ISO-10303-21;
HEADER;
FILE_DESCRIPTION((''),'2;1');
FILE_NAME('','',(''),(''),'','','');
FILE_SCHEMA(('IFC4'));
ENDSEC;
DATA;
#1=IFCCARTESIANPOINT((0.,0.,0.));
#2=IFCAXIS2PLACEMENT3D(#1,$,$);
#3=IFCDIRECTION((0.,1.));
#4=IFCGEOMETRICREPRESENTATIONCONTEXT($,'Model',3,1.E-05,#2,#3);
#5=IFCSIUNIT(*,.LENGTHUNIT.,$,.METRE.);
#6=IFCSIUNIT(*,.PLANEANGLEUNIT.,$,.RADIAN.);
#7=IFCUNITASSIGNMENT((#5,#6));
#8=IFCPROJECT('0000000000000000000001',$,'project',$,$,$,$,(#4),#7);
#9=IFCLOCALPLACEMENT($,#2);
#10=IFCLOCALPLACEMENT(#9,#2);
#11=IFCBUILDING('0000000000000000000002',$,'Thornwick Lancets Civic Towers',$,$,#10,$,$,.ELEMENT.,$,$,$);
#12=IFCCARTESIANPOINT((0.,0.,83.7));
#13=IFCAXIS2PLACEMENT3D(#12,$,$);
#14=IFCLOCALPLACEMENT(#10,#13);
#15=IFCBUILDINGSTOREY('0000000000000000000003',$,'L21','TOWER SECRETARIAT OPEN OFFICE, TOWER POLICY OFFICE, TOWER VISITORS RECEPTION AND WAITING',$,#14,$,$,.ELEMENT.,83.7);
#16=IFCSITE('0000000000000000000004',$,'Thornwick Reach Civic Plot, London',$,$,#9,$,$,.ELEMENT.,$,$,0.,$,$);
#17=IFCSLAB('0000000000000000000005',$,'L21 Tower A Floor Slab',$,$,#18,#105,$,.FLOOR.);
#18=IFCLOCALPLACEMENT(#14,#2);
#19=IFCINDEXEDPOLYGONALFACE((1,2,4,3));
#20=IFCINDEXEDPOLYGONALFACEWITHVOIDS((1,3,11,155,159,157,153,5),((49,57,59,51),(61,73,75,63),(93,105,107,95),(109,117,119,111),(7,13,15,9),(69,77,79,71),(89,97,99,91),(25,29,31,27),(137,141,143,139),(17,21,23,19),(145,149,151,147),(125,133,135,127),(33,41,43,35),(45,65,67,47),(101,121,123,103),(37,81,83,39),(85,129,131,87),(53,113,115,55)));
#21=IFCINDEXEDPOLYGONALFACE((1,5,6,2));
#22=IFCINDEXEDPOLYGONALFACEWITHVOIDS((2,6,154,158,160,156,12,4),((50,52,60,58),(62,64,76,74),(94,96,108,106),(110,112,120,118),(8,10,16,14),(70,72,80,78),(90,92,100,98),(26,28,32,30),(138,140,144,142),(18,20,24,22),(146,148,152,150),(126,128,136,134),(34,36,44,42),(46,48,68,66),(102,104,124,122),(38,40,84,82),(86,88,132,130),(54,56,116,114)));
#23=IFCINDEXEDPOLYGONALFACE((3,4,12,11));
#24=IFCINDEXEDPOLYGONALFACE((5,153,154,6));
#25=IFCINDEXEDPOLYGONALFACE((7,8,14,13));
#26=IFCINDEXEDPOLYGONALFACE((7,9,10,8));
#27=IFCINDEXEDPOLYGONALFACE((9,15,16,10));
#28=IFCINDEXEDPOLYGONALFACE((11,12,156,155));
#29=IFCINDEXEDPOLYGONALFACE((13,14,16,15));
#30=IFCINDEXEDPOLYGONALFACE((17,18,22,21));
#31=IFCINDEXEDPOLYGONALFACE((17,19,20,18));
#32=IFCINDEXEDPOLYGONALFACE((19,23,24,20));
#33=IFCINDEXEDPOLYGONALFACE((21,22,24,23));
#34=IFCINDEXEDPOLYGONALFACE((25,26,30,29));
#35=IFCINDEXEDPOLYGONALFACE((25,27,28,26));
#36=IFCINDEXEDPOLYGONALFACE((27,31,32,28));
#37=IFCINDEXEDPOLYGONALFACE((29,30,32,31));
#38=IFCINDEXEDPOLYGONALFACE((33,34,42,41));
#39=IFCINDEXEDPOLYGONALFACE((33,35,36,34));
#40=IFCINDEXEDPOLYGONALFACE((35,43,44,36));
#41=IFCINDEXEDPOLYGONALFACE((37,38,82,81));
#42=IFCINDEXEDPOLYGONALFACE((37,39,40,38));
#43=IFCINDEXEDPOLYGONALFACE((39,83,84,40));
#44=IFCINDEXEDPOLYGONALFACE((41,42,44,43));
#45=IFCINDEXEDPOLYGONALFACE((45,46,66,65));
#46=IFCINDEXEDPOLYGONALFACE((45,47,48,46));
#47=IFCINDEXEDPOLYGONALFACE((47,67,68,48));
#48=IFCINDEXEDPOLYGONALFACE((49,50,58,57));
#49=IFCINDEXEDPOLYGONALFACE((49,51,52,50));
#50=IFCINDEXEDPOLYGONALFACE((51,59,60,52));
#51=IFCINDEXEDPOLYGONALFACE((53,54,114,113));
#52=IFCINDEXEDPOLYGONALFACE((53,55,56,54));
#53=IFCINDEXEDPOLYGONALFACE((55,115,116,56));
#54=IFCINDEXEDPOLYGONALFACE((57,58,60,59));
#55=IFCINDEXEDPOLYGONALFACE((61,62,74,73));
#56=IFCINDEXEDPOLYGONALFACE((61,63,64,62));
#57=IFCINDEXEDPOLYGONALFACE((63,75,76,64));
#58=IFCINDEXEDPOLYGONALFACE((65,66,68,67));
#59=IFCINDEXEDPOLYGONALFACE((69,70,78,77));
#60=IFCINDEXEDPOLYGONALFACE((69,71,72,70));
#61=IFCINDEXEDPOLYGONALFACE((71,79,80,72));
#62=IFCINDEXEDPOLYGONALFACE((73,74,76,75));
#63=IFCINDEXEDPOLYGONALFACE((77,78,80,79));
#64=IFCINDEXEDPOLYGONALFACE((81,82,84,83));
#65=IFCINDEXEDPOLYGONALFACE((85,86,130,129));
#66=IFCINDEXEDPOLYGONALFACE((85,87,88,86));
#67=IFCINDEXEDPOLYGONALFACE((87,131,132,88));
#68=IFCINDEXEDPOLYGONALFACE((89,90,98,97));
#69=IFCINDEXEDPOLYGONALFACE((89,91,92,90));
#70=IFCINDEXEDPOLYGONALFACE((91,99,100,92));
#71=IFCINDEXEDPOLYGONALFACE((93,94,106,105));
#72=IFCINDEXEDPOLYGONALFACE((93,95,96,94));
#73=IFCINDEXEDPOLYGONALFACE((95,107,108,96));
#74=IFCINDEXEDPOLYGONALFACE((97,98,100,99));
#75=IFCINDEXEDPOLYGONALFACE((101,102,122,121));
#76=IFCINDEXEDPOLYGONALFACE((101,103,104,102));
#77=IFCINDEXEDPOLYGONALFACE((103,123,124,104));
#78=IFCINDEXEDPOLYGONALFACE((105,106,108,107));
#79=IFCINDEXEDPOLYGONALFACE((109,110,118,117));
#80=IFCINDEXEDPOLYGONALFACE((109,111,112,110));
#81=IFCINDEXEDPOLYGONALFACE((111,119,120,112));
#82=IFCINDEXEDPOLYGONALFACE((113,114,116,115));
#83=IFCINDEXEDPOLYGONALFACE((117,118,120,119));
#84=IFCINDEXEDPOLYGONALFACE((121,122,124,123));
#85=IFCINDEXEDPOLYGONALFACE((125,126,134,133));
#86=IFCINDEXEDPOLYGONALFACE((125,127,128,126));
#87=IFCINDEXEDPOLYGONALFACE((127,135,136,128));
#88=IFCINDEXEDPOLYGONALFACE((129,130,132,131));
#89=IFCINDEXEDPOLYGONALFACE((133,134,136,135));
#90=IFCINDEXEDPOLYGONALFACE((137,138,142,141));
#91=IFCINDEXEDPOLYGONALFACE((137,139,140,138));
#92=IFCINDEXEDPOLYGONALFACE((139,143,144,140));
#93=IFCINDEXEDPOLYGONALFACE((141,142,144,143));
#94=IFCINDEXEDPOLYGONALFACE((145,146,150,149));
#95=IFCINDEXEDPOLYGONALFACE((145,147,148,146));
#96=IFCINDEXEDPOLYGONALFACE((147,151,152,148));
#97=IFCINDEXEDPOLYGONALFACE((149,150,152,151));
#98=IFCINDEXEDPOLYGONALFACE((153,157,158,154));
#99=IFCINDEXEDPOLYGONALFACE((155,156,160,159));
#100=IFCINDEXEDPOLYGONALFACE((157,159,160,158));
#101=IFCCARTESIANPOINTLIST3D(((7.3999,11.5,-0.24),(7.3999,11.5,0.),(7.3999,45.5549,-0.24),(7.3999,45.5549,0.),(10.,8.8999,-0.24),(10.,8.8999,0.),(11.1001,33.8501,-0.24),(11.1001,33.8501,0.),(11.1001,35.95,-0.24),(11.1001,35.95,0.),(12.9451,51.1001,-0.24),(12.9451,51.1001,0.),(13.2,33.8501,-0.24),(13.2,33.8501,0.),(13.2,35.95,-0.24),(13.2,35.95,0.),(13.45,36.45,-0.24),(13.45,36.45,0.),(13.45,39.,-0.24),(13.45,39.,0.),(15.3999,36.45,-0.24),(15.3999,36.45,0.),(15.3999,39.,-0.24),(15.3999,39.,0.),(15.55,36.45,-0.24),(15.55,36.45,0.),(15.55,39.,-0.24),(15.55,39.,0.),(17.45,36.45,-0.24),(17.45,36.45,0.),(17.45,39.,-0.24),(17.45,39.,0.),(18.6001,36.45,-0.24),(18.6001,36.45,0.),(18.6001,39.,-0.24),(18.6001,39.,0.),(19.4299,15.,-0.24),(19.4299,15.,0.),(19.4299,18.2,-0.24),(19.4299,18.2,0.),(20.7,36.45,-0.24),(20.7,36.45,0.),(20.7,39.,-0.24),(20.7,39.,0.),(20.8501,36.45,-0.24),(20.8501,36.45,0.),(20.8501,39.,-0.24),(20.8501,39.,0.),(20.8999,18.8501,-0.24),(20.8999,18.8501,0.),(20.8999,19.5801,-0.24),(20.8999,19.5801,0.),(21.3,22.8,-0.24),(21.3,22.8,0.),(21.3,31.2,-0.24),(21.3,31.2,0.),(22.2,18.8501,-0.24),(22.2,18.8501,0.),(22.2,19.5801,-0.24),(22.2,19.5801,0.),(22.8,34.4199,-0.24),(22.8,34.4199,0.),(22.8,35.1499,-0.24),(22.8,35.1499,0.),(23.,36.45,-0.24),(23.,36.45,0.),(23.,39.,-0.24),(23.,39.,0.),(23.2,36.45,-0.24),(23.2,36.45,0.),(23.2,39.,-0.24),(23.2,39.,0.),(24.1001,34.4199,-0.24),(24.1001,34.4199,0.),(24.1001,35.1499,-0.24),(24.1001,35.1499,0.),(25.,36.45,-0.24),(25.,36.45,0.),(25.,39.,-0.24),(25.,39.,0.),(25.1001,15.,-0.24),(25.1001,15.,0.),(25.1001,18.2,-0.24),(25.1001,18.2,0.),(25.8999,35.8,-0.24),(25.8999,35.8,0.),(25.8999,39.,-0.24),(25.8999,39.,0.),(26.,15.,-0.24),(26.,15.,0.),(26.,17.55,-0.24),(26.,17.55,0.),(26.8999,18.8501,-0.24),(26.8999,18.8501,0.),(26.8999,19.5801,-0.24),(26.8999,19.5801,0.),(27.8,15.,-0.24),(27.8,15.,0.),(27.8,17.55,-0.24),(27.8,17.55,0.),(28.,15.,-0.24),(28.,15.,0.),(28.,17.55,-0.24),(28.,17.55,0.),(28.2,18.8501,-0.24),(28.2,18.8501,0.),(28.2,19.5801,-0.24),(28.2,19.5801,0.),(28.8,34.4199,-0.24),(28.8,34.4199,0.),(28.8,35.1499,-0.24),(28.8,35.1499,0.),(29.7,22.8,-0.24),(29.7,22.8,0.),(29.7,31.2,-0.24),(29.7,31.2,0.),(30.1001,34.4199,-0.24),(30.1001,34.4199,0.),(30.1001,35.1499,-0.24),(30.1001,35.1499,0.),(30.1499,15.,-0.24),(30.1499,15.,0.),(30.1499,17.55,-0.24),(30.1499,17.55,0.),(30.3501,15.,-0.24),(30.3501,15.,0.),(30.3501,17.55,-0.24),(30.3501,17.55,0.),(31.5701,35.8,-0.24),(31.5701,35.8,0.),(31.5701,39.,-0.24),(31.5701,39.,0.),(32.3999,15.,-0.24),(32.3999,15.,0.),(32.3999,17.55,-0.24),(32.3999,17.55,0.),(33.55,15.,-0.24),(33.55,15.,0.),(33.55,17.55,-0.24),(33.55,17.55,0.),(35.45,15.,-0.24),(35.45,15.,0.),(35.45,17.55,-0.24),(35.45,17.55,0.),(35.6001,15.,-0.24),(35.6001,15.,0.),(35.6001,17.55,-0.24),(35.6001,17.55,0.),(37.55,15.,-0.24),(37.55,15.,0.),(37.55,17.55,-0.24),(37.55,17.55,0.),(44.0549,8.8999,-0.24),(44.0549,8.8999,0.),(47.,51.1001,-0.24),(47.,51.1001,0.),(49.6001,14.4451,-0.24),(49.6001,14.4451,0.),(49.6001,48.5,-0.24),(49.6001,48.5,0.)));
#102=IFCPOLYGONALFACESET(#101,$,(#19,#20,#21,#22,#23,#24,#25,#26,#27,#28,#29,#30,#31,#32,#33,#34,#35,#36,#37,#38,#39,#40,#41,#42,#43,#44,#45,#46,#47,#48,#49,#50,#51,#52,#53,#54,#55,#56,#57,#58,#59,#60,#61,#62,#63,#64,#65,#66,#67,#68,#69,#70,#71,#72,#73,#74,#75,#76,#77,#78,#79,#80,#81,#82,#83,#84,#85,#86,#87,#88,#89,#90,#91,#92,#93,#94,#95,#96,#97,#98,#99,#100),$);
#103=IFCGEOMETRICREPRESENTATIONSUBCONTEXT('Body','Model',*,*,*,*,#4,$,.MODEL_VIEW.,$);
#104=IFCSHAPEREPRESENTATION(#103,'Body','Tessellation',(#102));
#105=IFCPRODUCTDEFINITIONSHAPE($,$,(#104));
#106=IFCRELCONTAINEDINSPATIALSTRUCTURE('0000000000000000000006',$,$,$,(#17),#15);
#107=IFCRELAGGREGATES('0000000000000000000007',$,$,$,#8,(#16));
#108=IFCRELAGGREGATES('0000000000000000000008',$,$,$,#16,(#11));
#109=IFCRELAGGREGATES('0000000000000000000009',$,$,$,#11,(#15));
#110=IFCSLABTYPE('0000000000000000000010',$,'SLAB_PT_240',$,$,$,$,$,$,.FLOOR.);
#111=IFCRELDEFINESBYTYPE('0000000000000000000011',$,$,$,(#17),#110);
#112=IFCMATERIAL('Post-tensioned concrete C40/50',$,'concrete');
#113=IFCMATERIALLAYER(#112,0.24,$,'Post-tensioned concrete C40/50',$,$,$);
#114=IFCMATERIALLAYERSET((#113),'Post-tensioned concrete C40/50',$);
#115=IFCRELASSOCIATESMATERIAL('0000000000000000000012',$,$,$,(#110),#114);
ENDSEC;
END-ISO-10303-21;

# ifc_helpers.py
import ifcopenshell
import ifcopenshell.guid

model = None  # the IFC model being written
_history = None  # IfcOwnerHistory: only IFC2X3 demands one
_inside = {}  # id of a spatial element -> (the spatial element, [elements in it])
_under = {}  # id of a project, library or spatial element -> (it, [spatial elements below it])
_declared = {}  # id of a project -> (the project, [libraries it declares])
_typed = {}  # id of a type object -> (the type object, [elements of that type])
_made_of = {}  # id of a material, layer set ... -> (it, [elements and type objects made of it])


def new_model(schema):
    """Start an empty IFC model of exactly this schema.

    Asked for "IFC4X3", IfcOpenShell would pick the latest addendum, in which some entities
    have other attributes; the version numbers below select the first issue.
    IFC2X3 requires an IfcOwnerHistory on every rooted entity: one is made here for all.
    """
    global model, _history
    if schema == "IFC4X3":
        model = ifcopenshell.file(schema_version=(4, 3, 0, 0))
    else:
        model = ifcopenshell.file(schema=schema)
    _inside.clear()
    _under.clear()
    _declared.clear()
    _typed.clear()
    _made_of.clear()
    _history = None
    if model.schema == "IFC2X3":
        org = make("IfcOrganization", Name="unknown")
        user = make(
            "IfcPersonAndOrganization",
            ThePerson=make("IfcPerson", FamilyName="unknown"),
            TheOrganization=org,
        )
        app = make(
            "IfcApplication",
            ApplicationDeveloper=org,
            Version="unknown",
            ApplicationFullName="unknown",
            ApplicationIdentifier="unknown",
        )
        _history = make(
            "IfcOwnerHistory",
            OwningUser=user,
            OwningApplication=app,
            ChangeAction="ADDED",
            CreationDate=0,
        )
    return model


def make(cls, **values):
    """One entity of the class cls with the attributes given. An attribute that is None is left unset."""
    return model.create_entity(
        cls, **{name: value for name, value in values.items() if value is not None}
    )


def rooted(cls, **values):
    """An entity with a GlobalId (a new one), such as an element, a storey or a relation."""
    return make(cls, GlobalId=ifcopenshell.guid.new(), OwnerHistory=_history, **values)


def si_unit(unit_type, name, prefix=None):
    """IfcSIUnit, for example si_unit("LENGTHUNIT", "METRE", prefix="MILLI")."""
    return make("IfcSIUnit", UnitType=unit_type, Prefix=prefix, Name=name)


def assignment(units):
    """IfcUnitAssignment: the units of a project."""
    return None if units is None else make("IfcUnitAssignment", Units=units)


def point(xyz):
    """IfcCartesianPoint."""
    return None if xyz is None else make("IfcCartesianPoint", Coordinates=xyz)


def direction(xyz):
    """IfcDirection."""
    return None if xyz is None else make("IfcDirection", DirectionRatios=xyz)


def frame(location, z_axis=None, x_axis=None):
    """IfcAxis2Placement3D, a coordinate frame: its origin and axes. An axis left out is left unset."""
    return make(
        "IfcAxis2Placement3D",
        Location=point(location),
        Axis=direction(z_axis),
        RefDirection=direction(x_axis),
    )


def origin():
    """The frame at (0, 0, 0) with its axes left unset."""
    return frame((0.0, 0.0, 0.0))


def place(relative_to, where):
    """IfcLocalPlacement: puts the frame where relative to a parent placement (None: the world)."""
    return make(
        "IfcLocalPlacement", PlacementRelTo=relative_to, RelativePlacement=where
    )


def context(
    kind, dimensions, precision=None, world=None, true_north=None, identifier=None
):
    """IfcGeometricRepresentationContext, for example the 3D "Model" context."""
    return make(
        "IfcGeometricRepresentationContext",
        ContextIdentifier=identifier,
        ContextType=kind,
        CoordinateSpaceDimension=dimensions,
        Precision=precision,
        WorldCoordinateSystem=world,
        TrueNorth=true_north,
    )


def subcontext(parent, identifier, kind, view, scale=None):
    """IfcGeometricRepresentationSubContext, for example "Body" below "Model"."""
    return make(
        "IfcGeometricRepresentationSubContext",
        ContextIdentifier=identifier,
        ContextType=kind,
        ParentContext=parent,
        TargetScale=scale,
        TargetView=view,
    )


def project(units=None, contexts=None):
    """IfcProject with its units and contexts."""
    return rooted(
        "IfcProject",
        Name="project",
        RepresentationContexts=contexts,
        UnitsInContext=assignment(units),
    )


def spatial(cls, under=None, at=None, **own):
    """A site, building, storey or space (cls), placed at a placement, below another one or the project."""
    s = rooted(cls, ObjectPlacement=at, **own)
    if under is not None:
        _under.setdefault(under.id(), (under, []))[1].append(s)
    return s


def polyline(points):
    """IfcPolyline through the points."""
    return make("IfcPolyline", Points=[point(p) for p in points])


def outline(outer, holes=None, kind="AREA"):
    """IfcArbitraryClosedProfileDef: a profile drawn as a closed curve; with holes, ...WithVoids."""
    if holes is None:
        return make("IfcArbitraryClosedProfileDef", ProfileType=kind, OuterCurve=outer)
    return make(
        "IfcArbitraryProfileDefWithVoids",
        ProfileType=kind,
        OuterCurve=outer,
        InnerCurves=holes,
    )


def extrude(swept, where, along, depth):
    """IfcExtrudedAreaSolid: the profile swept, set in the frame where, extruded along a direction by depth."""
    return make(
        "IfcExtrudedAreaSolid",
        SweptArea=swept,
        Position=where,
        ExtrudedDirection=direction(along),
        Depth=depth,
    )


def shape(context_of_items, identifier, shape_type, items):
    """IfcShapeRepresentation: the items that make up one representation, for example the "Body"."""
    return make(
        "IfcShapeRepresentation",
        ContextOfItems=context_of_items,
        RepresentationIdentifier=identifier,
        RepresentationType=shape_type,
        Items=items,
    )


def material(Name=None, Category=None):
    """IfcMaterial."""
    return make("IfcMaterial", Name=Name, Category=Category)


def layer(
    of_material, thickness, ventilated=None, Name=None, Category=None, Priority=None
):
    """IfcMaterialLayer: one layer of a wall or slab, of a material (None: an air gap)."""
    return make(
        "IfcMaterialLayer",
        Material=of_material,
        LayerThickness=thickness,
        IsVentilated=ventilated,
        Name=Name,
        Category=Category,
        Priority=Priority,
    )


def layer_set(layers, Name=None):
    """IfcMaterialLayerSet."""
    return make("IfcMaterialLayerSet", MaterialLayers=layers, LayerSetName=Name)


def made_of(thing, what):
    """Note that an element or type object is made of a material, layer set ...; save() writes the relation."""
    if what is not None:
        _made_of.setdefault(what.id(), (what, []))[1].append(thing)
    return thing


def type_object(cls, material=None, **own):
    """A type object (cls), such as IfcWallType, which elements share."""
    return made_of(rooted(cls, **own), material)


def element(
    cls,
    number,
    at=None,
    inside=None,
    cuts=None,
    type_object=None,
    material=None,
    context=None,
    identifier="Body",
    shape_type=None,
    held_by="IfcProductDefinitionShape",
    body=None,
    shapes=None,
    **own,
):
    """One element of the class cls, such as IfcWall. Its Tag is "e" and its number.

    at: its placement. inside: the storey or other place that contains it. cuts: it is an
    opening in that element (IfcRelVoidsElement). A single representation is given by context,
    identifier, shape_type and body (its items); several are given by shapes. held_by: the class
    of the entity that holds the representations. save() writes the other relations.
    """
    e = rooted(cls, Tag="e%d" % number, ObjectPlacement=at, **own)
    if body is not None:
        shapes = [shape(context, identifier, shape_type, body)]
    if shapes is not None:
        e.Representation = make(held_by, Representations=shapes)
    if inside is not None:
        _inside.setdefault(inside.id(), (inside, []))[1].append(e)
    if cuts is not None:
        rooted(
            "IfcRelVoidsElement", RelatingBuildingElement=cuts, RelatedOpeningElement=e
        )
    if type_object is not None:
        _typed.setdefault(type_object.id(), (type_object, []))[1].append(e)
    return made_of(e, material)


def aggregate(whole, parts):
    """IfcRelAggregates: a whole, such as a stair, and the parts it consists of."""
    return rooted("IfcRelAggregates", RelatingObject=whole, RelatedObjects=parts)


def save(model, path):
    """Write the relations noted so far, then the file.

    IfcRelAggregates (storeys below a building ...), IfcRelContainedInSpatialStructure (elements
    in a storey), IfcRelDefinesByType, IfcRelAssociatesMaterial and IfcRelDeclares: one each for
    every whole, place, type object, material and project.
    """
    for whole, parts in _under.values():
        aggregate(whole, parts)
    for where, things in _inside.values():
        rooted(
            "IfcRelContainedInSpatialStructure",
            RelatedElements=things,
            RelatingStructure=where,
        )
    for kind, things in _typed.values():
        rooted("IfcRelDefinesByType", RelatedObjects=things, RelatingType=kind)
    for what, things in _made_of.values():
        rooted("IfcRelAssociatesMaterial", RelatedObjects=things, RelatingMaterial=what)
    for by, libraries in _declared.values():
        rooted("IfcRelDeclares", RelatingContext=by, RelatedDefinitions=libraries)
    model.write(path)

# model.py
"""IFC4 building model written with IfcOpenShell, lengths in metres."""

from ifc_helpers import new_model, si_unit, direction, frame, origin, place, context, subcontext, project, spatial, polyline, outline, extrude, material, layer, layer_set, type_object, element, save


model = new_model("IFC4")

# Units and contexts
model_context = context("Model", 3, precision=1e-05, world=origin(), true_north=direction((0.0, 1.0)))
body_context = subcontext(model_context, "Body", "Model", "MODEL_VIEW")
ifc_project = project(units=[si_unit("LENGTHUNIT", "METRE"), si_unit("PLANEANGLEUNIT", "RADIAN")], contexts=[model_context])

# Site, building, storey
site_placement = place(None, origin())
site = spatial("IfcSite", under=ifc_project, at=site_placement, Name="Thornwick Reach Civic Plot, London", CompositionType="ELEMENT", RefElevation=0.0)
building_placement = place(site_placement, origin())
building = spatial("IfcBuilding", under=site, at=building_placement, Name="Thornwick Lancets Civic Towers", CompositionType="ELEMENT")
storey_placement = place(building_placement, frame((0.0, 0.0, 83.7)))
storey = spatial("IfcBuildingStorey", under=building, at=storey_placement, Name="L21", Description="TOWER SECRETARIAT OPEN OFFICE, TOWER POLICY OFFICE, TOWER VISITORS RECEPTION AND WAITING", CompositionType="ELEMENT", Elevation=83.7)

# Shared definitions
ifc_material_1 = material(Name="Post-tensioned concrete C40/50", Category="concrete")

# Slab
ifc_layer_1 = layer(ifc_material_1, 0.24, Name="Post-tensioned concrete C40/50")
ifc_layer_set_1 = layer_set([ifc_layer_1], Name="Post-tensioned concrete C40/50")
slab_type_1 = type_object("IfcSlabType", Name="SLAB_PT_240", PredefinedType="FLOOR", material=ifc_layer_set_1)
slab_1_placement = place(storey_placement, frame((0.0, 0.0, -0.24)))
element("IfcSlab", 1, at=slab_1_placement, inside=storey, type_object=slab_type_1, Name="L21 Tower A Floor Slab", PredefinedType="FLOOR", context=body_context, shape_type="SweptSolid", body=[
    extrude(outline(polyline([(10.0, 8.8999), (44.0549, 8.8999), (49.6001, 14.4451), (49.6001, 48.5), (47.0, 51.1001), (12.9451, 51.1001), (7.3999, 45.5549), (7.3999, 11.5), (10.0, 8.8999)]), holes=[polyline([(21.3, 22.8), (29.7, 22.8), (29.7, 31.2), (21.3, 31.2), (21.3, 22.8)]), polyline([(19.4299, 15.0), (25.1001, 15.0), (25.1001, 18.2), (19.4299, 18.2), (19.4299, 15.0)]), polyline([(31.5701, 39.0), (25.8999, 39.0), (25.8999, 35.8), (31.5701, 35.8), (31.5701, 39.0)]), polyline([(26.0, 15.0), (27.8, 15.0), (27.8, 17.55), (26.0, 17.55), (26.0, 15.0)]), polyline([(28.0, 15.0), (30.1499, 15.0), (30.1499, 17.55), (28.0, 17.55), (28.0, 15.0)]), polyline([(30.3501, 15.0), (32.3999, 15.0), (32.3999, 17.55), (30.3501, 17.55), (30.3501, 15.0)]), polyline([(33.55, 15.0), (35.45, 15.0), (35.45, 17.55), (33.55, 17.55), (33.55, 15.0)]), polyline([(35.6001, 15.0), (37.55, 15.0), (37.55, 17.55), (35.6001, 17.55), (35.6001, 15.0)]), polyline([(23.2, 36.45), (25.0, 36.45), (25.0, 39.0), (23.2, 39.0), (23.2, 36.45)]), polyline([(20.8501, 36.45), (23.0, 36.45), (23.0, 39.0), (20.8501, 39.0), (20.8501, 36.45)]), polyline([(18.6001, 36.45), (20.7, 36.45), (20.7, 39.0), (18.6001, 39.0), (18.6001, 36.45)]), polyline([(15.55, 36.45), (17.45, 36.45), (17.45, 39.0), (15.55, 39.0), (15.55, 36.45)]), polyline([(13.45, 36.45), (15.3999, 36.45), (15.3999, 39.0), (13.45, 39.0), (13.45, 36.45)]), polyline([(11.1001, 33.8501), (13.2, 33.8501), (13.2, 35.95), (11.1001, 35.95), (11.1001, 33.8501)]), polyline([(26.8999, 18.8501), (28.2, 18.8501), (28.2, 19.5801), (26.8999, 19.5801), (26.8999, 18.8501)]), polyline([(20.8999, 18.8501), (22.2, 18.8501), (22.2, 19.5801), (20.8999, 19.5801), (20.8999, 18.8501)]), polyline([(22.8, 34.4199), (24.1001, 34.4199), (24.1001, 35.1499), (22.8, 35.1499), (22.8, 34.4199)]), polyline([(28.8, 34.4199), (30.1001, 34.4199), (30.1001, 35.1499), (28.8, 35.1499), (28.8, 34.4199)])]), origin(), (0.0, 0.0, 1.0), 0.24),
])

save(model, "model.ifc")
